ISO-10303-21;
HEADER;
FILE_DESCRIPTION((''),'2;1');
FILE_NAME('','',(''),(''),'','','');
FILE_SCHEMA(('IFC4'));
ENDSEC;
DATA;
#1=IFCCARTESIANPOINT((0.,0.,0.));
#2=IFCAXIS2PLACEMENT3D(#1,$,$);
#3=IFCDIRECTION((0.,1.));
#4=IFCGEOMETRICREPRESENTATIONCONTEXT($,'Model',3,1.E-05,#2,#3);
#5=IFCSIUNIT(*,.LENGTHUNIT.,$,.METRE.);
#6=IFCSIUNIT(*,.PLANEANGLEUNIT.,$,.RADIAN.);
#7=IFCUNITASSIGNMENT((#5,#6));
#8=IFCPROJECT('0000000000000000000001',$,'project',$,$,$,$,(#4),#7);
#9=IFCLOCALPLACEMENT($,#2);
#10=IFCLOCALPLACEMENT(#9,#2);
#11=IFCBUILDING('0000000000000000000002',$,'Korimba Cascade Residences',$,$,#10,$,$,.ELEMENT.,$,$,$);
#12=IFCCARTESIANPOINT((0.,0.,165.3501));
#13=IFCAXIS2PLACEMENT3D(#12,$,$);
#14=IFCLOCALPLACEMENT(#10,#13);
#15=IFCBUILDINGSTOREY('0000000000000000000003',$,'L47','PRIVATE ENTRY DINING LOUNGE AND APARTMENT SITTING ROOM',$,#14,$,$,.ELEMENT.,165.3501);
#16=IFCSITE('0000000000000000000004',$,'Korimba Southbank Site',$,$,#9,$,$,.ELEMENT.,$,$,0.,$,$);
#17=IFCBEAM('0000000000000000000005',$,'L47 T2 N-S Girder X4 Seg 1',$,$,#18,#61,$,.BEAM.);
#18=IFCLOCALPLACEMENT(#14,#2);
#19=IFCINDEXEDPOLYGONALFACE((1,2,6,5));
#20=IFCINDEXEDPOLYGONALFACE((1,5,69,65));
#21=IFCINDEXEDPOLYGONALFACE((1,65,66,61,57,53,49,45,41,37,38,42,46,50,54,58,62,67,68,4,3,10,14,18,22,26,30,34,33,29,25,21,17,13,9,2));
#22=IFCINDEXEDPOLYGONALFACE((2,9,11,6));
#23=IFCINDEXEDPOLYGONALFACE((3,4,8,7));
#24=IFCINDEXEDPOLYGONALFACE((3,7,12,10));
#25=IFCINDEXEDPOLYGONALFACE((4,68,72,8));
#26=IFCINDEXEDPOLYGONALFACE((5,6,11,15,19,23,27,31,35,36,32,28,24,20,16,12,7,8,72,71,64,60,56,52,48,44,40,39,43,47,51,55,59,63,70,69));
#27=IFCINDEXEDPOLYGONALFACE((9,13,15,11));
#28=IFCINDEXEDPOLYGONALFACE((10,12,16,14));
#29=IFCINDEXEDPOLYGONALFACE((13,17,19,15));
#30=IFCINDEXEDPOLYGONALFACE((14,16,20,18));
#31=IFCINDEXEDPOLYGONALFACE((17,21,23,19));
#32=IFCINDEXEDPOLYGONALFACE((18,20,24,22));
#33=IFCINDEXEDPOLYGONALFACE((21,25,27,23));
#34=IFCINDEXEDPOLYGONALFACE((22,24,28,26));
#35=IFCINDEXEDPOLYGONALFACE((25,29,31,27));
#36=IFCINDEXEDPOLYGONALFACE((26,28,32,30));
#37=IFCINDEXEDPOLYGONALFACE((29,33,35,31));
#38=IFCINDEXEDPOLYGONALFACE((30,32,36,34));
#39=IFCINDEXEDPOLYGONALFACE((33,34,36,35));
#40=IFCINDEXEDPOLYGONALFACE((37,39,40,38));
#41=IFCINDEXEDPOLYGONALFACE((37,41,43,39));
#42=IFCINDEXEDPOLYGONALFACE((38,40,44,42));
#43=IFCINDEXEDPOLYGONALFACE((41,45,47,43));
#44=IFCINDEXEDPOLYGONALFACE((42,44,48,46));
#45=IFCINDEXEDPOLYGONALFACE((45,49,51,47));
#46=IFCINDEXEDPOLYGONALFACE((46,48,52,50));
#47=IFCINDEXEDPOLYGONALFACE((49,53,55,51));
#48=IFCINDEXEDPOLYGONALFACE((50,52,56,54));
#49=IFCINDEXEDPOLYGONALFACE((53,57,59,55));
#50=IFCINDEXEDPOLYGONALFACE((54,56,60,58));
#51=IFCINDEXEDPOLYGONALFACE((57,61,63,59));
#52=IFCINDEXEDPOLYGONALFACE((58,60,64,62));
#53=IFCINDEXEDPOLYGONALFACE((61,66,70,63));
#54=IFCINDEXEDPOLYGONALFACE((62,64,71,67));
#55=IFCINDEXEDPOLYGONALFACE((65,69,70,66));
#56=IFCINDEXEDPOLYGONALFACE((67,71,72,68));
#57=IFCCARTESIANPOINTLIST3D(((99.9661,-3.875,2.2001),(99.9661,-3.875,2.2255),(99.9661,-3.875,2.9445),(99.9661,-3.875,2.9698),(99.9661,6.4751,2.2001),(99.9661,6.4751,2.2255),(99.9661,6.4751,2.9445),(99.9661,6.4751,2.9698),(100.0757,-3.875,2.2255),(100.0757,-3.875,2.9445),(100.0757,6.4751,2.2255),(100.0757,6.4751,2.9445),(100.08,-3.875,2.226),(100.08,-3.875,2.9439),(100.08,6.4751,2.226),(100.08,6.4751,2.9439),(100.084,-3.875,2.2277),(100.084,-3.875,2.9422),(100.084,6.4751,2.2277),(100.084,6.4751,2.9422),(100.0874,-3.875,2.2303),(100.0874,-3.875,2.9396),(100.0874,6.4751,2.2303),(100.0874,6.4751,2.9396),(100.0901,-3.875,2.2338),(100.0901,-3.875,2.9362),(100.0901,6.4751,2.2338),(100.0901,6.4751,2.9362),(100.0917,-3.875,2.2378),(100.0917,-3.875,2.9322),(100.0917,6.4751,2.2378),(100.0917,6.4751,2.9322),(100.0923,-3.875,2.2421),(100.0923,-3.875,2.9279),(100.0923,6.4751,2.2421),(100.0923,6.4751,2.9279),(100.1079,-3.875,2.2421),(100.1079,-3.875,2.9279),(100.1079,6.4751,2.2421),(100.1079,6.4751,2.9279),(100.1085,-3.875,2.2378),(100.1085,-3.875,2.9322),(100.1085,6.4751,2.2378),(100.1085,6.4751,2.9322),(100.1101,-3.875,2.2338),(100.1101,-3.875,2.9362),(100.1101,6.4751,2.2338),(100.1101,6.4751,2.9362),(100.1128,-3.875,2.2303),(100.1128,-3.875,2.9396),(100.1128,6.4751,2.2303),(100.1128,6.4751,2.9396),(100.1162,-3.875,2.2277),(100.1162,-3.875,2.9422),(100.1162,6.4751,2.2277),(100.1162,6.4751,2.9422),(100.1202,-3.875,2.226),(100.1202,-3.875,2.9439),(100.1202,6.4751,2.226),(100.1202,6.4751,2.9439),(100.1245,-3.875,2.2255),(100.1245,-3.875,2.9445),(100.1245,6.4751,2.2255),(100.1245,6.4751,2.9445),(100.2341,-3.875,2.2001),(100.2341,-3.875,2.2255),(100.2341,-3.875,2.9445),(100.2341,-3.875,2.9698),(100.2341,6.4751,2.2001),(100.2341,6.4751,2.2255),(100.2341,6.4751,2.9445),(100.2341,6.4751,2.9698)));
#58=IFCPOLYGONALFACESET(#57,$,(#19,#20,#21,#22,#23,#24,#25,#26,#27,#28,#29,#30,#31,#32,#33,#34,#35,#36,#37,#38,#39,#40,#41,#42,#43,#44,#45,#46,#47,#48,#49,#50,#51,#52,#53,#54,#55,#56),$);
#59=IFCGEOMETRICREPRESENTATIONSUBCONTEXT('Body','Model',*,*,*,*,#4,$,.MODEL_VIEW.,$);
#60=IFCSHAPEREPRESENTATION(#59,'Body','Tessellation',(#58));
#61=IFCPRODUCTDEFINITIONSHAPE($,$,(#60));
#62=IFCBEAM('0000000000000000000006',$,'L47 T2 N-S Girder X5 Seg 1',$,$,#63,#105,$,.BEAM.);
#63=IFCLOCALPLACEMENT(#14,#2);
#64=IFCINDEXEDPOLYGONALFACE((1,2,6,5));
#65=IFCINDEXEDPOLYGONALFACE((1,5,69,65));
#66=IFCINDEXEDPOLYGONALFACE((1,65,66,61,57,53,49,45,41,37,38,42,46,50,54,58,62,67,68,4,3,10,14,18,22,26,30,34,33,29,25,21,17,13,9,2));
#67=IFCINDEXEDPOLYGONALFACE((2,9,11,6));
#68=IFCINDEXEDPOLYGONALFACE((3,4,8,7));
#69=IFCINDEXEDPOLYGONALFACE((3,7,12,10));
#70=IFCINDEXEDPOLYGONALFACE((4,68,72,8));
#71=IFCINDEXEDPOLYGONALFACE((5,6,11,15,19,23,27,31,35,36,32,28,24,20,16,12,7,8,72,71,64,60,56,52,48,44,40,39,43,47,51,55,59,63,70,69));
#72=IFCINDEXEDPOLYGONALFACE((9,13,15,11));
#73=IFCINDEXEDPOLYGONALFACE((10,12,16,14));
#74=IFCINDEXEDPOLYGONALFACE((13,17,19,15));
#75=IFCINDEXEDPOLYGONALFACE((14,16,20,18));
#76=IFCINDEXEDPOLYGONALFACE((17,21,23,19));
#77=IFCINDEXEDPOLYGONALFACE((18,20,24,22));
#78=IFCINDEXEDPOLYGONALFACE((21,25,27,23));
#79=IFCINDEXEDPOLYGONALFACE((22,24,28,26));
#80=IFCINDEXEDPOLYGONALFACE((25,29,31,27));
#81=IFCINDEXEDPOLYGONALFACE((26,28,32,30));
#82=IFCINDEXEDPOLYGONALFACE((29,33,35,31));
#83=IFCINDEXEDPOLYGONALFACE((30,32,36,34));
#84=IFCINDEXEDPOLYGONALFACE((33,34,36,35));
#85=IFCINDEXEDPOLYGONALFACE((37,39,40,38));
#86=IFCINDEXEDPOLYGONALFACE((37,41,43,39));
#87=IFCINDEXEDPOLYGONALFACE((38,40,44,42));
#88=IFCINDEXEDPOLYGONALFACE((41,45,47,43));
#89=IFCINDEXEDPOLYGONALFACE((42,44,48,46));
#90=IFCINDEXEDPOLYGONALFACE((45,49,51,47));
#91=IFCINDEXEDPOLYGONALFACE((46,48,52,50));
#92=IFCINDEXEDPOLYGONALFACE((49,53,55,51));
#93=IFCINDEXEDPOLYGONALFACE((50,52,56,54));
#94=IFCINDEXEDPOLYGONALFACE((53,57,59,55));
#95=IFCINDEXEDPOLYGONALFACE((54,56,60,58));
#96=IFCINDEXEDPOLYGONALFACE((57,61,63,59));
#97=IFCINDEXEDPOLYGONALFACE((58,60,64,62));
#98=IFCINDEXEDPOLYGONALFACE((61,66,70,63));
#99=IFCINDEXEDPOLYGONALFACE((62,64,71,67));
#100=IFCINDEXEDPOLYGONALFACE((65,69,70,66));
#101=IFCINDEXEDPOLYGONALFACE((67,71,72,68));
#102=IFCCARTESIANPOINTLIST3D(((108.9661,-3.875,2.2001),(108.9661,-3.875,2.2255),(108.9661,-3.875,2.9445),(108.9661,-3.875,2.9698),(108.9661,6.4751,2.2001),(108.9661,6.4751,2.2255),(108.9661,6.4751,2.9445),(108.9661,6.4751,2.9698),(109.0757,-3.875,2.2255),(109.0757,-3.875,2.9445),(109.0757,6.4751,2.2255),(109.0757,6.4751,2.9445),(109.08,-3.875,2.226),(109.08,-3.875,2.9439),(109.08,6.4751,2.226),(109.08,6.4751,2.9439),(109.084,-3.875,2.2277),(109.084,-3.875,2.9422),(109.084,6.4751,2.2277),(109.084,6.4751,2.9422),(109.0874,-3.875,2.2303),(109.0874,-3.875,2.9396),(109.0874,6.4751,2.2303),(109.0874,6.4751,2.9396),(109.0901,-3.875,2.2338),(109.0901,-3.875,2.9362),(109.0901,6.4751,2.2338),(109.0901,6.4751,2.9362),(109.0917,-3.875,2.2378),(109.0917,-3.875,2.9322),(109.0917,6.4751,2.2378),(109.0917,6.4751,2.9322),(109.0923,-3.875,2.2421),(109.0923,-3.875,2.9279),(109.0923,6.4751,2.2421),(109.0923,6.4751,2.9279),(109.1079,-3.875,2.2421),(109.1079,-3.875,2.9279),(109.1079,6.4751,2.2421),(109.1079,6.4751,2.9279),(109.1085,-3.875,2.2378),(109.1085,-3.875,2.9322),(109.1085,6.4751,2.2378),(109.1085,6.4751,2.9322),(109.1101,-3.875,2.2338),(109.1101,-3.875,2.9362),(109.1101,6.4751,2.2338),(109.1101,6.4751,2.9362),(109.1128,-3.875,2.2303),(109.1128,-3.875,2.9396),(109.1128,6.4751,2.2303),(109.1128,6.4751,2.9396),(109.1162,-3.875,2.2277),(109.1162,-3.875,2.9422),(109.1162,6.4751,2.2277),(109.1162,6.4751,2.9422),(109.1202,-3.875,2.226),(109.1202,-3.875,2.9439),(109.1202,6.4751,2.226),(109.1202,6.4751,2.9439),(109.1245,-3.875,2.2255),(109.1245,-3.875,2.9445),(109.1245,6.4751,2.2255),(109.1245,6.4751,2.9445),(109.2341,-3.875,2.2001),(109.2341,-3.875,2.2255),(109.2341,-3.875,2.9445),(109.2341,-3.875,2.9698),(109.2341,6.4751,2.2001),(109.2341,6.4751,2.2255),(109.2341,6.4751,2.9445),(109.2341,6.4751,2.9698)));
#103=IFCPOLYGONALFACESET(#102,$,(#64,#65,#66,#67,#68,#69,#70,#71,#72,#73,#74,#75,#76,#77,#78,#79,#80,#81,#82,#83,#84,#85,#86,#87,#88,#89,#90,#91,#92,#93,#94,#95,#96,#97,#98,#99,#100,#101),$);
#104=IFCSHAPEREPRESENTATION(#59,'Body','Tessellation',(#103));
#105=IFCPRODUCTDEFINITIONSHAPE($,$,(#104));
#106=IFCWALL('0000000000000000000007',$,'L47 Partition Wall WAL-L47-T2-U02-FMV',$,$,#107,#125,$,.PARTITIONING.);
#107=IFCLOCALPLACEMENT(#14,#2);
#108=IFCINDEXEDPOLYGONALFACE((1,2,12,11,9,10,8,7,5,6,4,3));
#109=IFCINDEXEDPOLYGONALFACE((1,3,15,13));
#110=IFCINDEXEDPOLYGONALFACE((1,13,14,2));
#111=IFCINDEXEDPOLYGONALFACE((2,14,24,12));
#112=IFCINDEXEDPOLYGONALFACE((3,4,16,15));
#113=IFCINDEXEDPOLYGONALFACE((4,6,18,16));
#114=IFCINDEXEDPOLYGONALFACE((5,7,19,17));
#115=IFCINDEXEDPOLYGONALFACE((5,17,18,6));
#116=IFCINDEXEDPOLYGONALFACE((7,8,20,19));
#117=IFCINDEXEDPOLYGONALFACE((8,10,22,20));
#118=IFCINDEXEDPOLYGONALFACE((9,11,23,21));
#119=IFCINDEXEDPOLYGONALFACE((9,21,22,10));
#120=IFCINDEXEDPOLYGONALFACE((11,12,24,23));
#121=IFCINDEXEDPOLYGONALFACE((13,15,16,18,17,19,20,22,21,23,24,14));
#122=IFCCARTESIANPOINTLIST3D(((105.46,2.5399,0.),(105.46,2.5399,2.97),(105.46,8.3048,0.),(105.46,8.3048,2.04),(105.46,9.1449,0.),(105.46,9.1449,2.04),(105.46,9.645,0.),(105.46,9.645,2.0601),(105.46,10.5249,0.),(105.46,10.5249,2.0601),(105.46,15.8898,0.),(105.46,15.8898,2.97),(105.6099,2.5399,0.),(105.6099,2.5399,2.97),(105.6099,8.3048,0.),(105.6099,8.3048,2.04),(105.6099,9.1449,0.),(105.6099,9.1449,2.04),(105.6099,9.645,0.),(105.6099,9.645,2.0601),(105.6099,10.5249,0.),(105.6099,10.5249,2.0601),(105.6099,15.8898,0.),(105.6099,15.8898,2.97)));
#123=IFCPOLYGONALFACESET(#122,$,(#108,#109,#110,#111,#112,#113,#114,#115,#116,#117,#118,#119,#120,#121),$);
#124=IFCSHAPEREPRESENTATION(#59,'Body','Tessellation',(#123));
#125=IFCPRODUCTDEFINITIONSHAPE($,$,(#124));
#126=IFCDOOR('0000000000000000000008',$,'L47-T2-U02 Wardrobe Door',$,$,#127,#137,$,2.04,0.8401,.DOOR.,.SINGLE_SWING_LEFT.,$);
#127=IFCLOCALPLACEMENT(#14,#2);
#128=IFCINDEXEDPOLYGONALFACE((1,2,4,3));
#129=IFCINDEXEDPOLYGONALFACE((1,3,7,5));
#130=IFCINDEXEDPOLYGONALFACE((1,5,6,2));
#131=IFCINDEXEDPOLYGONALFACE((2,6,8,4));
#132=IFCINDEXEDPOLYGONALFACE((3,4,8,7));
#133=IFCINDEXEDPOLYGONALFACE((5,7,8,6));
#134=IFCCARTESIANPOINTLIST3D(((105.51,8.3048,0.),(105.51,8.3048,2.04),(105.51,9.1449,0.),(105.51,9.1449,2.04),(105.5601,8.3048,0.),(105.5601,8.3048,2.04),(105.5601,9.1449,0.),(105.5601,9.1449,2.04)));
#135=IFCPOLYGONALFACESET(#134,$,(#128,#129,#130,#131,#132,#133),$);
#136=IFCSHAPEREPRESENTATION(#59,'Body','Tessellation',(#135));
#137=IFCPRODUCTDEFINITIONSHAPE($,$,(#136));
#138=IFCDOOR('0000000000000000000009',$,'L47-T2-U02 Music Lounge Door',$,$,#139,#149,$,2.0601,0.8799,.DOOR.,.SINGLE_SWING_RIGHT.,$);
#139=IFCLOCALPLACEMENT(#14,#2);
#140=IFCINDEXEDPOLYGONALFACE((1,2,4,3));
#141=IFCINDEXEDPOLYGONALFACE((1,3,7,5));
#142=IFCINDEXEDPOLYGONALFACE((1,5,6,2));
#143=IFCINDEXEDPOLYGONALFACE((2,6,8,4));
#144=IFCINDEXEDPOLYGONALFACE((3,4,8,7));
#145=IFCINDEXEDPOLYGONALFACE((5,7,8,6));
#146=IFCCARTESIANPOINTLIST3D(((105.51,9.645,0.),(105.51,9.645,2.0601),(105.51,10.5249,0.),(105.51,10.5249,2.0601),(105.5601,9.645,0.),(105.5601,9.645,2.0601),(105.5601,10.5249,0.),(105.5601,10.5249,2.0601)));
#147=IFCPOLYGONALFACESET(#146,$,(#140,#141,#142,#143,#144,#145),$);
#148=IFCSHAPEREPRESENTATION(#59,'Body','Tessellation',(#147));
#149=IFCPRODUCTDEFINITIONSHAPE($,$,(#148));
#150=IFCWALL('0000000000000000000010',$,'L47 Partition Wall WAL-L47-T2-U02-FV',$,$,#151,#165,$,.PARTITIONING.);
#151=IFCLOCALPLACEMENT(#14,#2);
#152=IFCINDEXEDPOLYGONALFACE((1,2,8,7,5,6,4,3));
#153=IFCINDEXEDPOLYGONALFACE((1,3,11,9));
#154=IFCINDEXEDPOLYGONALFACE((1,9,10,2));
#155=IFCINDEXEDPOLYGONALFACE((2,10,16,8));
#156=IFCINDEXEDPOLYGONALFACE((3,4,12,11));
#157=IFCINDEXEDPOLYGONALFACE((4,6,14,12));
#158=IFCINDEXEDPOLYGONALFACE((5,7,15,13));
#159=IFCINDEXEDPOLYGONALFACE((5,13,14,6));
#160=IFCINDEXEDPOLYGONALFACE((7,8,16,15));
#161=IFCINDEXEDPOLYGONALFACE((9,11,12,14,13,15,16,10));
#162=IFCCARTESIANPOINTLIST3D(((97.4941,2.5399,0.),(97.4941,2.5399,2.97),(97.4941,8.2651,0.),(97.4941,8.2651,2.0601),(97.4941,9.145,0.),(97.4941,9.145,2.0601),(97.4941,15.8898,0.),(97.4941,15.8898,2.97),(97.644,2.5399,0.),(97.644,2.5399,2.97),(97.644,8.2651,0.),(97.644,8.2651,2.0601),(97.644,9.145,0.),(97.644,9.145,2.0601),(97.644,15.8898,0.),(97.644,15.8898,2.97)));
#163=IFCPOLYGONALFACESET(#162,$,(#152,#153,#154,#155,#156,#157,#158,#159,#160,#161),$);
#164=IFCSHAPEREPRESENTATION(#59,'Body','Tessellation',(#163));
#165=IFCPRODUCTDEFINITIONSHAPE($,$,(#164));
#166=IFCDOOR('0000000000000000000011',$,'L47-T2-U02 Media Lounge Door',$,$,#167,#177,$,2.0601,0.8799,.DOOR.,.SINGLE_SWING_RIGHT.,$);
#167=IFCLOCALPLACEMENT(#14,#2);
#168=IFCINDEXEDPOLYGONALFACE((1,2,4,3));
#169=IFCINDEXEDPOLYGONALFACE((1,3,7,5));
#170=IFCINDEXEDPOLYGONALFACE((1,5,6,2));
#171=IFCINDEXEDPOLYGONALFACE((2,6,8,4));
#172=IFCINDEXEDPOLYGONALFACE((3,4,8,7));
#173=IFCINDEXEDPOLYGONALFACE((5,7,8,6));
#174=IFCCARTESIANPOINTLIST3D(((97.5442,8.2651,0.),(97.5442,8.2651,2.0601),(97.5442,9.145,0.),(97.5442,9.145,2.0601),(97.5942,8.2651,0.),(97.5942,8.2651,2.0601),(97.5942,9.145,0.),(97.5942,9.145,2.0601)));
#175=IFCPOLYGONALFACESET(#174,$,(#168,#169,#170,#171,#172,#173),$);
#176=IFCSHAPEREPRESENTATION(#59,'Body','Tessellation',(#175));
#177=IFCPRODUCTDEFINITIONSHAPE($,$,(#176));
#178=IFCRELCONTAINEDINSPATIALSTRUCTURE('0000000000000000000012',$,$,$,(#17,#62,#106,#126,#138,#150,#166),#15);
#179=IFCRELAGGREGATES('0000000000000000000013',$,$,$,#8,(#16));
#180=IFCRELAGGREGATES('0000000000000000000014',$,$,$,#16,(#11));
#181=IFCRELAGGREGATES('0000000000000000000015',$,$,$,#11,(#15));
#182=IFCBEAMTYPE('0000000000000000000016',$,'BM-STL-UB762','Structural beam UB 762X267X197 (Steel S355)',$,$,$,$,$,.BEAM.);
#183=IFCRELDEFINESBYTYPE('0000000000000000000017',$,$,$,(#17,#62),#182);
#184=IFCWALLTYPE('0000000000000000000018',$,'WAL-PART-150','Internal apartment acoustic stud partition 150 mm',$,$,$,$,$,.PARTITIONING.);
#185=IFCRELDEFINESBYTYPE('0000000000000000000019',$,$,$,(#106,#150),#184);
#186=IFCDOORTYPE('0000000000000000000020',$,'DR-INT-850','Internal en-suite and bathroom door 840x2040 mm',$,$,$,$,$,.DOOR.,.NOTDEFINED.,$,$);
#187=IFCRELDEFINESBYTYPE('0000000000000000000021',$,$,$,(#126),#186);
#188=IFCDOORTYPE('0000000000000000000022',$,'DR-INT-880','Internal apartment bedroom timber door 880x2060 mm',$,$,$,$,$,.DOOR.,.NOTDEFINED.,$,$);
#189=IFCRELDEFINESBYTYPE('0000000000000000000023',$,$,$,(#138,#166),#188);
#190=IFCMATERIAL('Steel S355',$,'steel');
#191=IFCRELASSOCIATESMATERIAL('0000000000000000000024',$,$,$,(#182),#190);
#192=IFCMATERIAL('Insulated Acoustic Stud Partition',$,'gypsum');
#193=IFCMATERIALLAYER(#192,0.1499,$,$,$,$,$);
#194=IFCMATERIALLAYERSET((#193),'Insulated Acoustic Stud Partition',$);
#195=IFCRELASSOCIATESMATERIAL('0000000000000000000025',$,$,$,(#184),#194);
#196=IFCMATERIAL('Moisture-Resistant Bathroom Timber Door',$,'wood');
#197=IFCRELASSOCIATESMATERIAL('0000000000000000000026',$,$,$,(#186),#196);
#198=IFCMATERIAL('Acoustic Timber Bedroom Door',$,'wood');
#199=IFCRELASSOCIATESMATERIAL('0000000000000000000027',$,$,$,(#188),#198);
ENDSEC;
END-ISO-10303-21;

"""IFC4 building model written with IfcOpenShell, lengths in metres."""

from ifc_helpers import new_model, si_unit, direction, frame, frame_2d, origin, origin_2d, place, context, subcontext, project, spatial, rectangle, i_section, extrude, material, layer, layer_set, material_profile, profile_set, type_object, element, fill, save


model = new_model("IFC4")

# Units and contexts
model_context = context("Model", 3, precision=1e-05, world=origin(), true_north=direction((0.0, 1.0)))
body_context = subcontext(model_context, "Body", "Model", "MODEL_VIEW")
ifc_project = project(units=[si_unit("LENGTHUNIT", "METRE"), si_unit("PLANEANGLEUNIT", "RADIAN")], contexts=[model_context])

# Site, building, storey
site_placement = place(None, origin())
site = spatial("IfcSite", under=ifc_project, at=site_placement, Name="Korimba Southbank Site", CompositionType="ELEMENT", RefElevation=0.0)
building_placement = place(site_placement, origin())
building = spatial("IfcBuilding", under=site, at=building_placement, Name="Korimba Cascade Residences", CompositionType="ELEMENT")
storey_placement = place(building_placement, frame((0.0, 0.0, 165.3501)))
storey = spatial("IfcBuildingStorey", under=building, at=storey_placement, Name="L47", Description="PRIVATE ENTRY DINING LOUNGE AND APARTMENT SITTING ROOM", CompositionType="ELEMENT", Elevation=165.3501)

# Beams
ifc_material_1 = material(Name="Steel S355", Category="steel")
ifc_material_profile_1 = material_profile(ifc_material_1, i_section(OverallWidth=0.2681, OverallDepth=0.7698, WebThickness=0.0156, FlangeThickness=0.0254, FilletRadius=0.0166, at=origin_2d()), Name="Steel S355")
ifc_profile_set_1 = profile_set([ifc_material_profile_1], Name="Steel S355")
beam_type_1 = type_object("IfcBeamType", Name="BM-STL-UB762", Description="Structural beam UB 762X267X197 (Steel S355)", PredefinedType="BEAM", material=ifc_profile_set_1)
for number, where, z_axis, x_axis, name in (
    (1, (100.1001, -3.875, 2.585), (0.0, 1.0, 0.0), (-1.0, 0.0, 0.0), "L47 T2 N-S Girder X4 Seg 1"),
    (2, (109.1001, -3.875, 2.585), (0.0, 1.0, 0.0), (-1.0, 0.0, 0.0), "L47 T2 N-S Girder X5 Seg 1"),
):
    element("IfcBeam", number, at=place(storey_placement, frame(where, z_axis=z_axis, x_axis=x_axis)), inside=storey, type_object=beam_type_1, Name=name, PredefinedType="BEAM", context=body_context, shape_type="SweptSolid", body=[
        extrude(i_section(OverallWidth=0.2681, OverallDepth=0.7698, WebThickness=0.0156, FlangeThickness=0.0254, FilletRadius=0.0166, at=origin_2d()), origin(), (0.0, 0.0, 1.0), 10.3501),
    ])

# Wall, openings, doors
ifc_material_2 = material(Name="Insulated Acoustic Stud Partition", Category="gypsum")
ifc_layer = layer(ifc_material_2, 0.1499)
ifc_layer_set = layer_set([ifc_layer], Name="Insulated Acoustic Stud Partition")
wall_type = type_object("IfcWallType", Name="WAL-PART-150", Description="Internal apartment acoustic stud partition 150 mm", PredefinedType="PARTITIONING", material=ifc_layer_set)
wall_1_placement = place(storey_placement, frame((105.5349, 2.54, 0.0), z_axis=(0.0, 0.0, 1.0), x_axis=(0.0, 1.0, 0.0)))
wall_1 = element("IfcWall", 3, at=wall_1_placement, inside=storey, type_object=wall_type, Name="L47 Partition Wall WAL-L47-T2-U02-FMV", PredefinedType="PARTITIONING", context=body_context, shape_type="SweptSolid", body=[
    extrude(rectangle(XDim=13.3499, YDim=0.1499, at=frame_2d((6.6748, 0.0))), origin(), (0.0, 0.0, 1.0), 2.97),
])
opening_1_placement = place(wall_1_placement, frame((5.7649, 0.0, 0.0)))
opening_1 = element("IfcOpeningElement", 4, at=opening_1_placement, cuts=wall_1, PredefinedType="OPENING", context=body_context, shape_type="SweptSolid", body=[
    extrude(rectangle(XDim=0.8401, YDim=2.04, at=frame_2d((0.4199, 1.02))), frame((0.0, 0.085, 0.0), z_axis=(0.0, -1.0, 0.0), x_axis=(1.0, 0.0, 0.0)), (0.0, 0.0, 1.0), 0.1699),
])
opening_2_placement = place(wall_1_placement, frame((7.105, 0.0, 0.0)))
opening_2 = element("IfcOpeningElement", 5, at=opening_2_placement, cuts=wall_1, PredefinedType="OPENING", context=body_context, shape_type="SweptSolid", body=[
    extrude(rectangle(XDim=0.8799, YDim=2.0601, at=frame_2d((0.4399, 1.03))), frame((0.0, 0.085, 0.0), z_axis=(0.0, -1.0, 0.0), x_axis=(1.0, 0.0, 0.0)), (0.0, 0.0, 1.0), 0.1699),
])
ifc_material_3 = material(Name="Moisture-Resistant Bathroom Timber Door", Category="wood")
door_type_1 = type_object("IfcDoorType", Name="DR-INT-850", Description="Internal en-suite and bathroom door 840x2040 mm", OperationType="NOTDEFINED", PredefinedType="DOOR", material=ifc_material_3)
door_1_placement = place(opening_1_placement, origin())
door_1 = element("IfcDoor", 6, at=door_1_placement, inside=storey, type_object=door_type_1, Name="L47-T2-U02 Wardrobe Door", OperationType="SINGLE_SWING_LEFT", OverallHeight=2.04, OverallWidth=0.8401, PredefinedType="DOOR", context=body_context, shape_type="SweptSolid", body=[
    extrude(rectangle(XDim=0.8401, YDim=2.04, at=frame_2d((0.4199, 1.02))), frame((0.0, 0.0249, 0.0), z_axis=(0.0, -1.0, 0.0), x_axis=(1.0, 0.0, 0.0)), (0.0, 0.0, 1.0), 0.05),
])
fill(opening_1, door_1)
ifc_material_4 = material(Name="Acoustic Timber Bedroom Door", Category="wood")
door_type_2 = type_object("IfcDoorType", Name="DR-INT-880", Description="Internal apartment bedroom timber door 880x2060 mm", OperationType="NOTDEFINED", PredefinedType="DOOR", material=ifc_material_4)
door_2_placement = place(opening_2_placement, origin())
door_2 = element("IfcDoor", 7, at=door_2_placement, inside=storey, type_object=door_type_2, Name="L47-T2-U02 Music Lounge Door", OperationType="SINGLE_SWING_RIGHT", OverallHeight=2.0601, OverallWidth=0.8799, PredefinedType="DOOR", context=body_context, shape_type="SweptSolid", body=[
    extrude(rectangle(XDim=0.8799, YDim=2.0601, at=frame_2d((0.4399, 1.03))), frame((0.0, 0.0249, 0.0), z_axis=(0.0, -1.0, 0.0), x_axis=(1.0, 0.0, 0.0)), (0.0, 0.0, 1.0), 0.05),
])
fill(opening_2, door_2)

# Wall, opening, door
wall_2_placement = place(storey_placement, frame((97.5691, 2.54, 0.0), z_axis=(0.0, 0.0, 1.0), x_axis=(0.0, 1.0, 0.0)))
wall_2 = element("IfcWall", 8, at=wall_2_placement, inside=storey, type_object=wall_type, Name="L47 Partition Wall WAL-L47-T2-U02-FV", PredefinedType="PARTITIONING", context=body_context, shape_type="SweptSolid", body=[
    extrude(rectangle(XDim=13.3499, YDim=0.1499, at=frame_2d((6.6748, 0.0))), origin(), (0.0, 0.0, 1.0), 2.97),
])
opening_3_placement = place(wall_2_placement, frame((5.7251, 0.0, 0.0)))
opening_3 = element("IfcOpeningElement", 9, at=opening_3_placement, cuts=wall_2, PredefinedType="OPENING", context=body_context, shape_type="SweptSolid", body=[
    extrude(rectangle(XDim=0.8799, YDim=2.0601, at=frame_2d((0.4399, 1.03))), frame((0.0, 0.085, 0.0), z_axis=(0.0, -1.0, 0.0), x_axis=(1.0, 0.0, 0.0)), (0.0, 0.0, 1.0), 0.1699),
])
door_3_placement = place(opening_3_placement, origin())
door_3 = element("IfcDoor", 10, at=door_3_placement, inside=storey, type_object=door_type_2, Name="L47-T2-U02 Media Lounge Door", OperationType="SINGLE_SWING_RIGHT", OverallHeight=2.0601, OverallWidth=0.8799, PredefinedType="DOOR", context=body_context, shape_type="SweptSolid", body=[
    extrude(rectangle(XDim=0.8799, YDim=2.0601, at=frame_2d((0.4399, 1.03))), frame((0.0, 0.0249, 0.0), z_axis=(0.0, -1.0, 0.0), x_axis=(1.0, 0.0, 0.0)), (0.0, 0.0, 1.0), 0.05),
])
fill(opening_3, door_3)

save(model, "model.ifc")
